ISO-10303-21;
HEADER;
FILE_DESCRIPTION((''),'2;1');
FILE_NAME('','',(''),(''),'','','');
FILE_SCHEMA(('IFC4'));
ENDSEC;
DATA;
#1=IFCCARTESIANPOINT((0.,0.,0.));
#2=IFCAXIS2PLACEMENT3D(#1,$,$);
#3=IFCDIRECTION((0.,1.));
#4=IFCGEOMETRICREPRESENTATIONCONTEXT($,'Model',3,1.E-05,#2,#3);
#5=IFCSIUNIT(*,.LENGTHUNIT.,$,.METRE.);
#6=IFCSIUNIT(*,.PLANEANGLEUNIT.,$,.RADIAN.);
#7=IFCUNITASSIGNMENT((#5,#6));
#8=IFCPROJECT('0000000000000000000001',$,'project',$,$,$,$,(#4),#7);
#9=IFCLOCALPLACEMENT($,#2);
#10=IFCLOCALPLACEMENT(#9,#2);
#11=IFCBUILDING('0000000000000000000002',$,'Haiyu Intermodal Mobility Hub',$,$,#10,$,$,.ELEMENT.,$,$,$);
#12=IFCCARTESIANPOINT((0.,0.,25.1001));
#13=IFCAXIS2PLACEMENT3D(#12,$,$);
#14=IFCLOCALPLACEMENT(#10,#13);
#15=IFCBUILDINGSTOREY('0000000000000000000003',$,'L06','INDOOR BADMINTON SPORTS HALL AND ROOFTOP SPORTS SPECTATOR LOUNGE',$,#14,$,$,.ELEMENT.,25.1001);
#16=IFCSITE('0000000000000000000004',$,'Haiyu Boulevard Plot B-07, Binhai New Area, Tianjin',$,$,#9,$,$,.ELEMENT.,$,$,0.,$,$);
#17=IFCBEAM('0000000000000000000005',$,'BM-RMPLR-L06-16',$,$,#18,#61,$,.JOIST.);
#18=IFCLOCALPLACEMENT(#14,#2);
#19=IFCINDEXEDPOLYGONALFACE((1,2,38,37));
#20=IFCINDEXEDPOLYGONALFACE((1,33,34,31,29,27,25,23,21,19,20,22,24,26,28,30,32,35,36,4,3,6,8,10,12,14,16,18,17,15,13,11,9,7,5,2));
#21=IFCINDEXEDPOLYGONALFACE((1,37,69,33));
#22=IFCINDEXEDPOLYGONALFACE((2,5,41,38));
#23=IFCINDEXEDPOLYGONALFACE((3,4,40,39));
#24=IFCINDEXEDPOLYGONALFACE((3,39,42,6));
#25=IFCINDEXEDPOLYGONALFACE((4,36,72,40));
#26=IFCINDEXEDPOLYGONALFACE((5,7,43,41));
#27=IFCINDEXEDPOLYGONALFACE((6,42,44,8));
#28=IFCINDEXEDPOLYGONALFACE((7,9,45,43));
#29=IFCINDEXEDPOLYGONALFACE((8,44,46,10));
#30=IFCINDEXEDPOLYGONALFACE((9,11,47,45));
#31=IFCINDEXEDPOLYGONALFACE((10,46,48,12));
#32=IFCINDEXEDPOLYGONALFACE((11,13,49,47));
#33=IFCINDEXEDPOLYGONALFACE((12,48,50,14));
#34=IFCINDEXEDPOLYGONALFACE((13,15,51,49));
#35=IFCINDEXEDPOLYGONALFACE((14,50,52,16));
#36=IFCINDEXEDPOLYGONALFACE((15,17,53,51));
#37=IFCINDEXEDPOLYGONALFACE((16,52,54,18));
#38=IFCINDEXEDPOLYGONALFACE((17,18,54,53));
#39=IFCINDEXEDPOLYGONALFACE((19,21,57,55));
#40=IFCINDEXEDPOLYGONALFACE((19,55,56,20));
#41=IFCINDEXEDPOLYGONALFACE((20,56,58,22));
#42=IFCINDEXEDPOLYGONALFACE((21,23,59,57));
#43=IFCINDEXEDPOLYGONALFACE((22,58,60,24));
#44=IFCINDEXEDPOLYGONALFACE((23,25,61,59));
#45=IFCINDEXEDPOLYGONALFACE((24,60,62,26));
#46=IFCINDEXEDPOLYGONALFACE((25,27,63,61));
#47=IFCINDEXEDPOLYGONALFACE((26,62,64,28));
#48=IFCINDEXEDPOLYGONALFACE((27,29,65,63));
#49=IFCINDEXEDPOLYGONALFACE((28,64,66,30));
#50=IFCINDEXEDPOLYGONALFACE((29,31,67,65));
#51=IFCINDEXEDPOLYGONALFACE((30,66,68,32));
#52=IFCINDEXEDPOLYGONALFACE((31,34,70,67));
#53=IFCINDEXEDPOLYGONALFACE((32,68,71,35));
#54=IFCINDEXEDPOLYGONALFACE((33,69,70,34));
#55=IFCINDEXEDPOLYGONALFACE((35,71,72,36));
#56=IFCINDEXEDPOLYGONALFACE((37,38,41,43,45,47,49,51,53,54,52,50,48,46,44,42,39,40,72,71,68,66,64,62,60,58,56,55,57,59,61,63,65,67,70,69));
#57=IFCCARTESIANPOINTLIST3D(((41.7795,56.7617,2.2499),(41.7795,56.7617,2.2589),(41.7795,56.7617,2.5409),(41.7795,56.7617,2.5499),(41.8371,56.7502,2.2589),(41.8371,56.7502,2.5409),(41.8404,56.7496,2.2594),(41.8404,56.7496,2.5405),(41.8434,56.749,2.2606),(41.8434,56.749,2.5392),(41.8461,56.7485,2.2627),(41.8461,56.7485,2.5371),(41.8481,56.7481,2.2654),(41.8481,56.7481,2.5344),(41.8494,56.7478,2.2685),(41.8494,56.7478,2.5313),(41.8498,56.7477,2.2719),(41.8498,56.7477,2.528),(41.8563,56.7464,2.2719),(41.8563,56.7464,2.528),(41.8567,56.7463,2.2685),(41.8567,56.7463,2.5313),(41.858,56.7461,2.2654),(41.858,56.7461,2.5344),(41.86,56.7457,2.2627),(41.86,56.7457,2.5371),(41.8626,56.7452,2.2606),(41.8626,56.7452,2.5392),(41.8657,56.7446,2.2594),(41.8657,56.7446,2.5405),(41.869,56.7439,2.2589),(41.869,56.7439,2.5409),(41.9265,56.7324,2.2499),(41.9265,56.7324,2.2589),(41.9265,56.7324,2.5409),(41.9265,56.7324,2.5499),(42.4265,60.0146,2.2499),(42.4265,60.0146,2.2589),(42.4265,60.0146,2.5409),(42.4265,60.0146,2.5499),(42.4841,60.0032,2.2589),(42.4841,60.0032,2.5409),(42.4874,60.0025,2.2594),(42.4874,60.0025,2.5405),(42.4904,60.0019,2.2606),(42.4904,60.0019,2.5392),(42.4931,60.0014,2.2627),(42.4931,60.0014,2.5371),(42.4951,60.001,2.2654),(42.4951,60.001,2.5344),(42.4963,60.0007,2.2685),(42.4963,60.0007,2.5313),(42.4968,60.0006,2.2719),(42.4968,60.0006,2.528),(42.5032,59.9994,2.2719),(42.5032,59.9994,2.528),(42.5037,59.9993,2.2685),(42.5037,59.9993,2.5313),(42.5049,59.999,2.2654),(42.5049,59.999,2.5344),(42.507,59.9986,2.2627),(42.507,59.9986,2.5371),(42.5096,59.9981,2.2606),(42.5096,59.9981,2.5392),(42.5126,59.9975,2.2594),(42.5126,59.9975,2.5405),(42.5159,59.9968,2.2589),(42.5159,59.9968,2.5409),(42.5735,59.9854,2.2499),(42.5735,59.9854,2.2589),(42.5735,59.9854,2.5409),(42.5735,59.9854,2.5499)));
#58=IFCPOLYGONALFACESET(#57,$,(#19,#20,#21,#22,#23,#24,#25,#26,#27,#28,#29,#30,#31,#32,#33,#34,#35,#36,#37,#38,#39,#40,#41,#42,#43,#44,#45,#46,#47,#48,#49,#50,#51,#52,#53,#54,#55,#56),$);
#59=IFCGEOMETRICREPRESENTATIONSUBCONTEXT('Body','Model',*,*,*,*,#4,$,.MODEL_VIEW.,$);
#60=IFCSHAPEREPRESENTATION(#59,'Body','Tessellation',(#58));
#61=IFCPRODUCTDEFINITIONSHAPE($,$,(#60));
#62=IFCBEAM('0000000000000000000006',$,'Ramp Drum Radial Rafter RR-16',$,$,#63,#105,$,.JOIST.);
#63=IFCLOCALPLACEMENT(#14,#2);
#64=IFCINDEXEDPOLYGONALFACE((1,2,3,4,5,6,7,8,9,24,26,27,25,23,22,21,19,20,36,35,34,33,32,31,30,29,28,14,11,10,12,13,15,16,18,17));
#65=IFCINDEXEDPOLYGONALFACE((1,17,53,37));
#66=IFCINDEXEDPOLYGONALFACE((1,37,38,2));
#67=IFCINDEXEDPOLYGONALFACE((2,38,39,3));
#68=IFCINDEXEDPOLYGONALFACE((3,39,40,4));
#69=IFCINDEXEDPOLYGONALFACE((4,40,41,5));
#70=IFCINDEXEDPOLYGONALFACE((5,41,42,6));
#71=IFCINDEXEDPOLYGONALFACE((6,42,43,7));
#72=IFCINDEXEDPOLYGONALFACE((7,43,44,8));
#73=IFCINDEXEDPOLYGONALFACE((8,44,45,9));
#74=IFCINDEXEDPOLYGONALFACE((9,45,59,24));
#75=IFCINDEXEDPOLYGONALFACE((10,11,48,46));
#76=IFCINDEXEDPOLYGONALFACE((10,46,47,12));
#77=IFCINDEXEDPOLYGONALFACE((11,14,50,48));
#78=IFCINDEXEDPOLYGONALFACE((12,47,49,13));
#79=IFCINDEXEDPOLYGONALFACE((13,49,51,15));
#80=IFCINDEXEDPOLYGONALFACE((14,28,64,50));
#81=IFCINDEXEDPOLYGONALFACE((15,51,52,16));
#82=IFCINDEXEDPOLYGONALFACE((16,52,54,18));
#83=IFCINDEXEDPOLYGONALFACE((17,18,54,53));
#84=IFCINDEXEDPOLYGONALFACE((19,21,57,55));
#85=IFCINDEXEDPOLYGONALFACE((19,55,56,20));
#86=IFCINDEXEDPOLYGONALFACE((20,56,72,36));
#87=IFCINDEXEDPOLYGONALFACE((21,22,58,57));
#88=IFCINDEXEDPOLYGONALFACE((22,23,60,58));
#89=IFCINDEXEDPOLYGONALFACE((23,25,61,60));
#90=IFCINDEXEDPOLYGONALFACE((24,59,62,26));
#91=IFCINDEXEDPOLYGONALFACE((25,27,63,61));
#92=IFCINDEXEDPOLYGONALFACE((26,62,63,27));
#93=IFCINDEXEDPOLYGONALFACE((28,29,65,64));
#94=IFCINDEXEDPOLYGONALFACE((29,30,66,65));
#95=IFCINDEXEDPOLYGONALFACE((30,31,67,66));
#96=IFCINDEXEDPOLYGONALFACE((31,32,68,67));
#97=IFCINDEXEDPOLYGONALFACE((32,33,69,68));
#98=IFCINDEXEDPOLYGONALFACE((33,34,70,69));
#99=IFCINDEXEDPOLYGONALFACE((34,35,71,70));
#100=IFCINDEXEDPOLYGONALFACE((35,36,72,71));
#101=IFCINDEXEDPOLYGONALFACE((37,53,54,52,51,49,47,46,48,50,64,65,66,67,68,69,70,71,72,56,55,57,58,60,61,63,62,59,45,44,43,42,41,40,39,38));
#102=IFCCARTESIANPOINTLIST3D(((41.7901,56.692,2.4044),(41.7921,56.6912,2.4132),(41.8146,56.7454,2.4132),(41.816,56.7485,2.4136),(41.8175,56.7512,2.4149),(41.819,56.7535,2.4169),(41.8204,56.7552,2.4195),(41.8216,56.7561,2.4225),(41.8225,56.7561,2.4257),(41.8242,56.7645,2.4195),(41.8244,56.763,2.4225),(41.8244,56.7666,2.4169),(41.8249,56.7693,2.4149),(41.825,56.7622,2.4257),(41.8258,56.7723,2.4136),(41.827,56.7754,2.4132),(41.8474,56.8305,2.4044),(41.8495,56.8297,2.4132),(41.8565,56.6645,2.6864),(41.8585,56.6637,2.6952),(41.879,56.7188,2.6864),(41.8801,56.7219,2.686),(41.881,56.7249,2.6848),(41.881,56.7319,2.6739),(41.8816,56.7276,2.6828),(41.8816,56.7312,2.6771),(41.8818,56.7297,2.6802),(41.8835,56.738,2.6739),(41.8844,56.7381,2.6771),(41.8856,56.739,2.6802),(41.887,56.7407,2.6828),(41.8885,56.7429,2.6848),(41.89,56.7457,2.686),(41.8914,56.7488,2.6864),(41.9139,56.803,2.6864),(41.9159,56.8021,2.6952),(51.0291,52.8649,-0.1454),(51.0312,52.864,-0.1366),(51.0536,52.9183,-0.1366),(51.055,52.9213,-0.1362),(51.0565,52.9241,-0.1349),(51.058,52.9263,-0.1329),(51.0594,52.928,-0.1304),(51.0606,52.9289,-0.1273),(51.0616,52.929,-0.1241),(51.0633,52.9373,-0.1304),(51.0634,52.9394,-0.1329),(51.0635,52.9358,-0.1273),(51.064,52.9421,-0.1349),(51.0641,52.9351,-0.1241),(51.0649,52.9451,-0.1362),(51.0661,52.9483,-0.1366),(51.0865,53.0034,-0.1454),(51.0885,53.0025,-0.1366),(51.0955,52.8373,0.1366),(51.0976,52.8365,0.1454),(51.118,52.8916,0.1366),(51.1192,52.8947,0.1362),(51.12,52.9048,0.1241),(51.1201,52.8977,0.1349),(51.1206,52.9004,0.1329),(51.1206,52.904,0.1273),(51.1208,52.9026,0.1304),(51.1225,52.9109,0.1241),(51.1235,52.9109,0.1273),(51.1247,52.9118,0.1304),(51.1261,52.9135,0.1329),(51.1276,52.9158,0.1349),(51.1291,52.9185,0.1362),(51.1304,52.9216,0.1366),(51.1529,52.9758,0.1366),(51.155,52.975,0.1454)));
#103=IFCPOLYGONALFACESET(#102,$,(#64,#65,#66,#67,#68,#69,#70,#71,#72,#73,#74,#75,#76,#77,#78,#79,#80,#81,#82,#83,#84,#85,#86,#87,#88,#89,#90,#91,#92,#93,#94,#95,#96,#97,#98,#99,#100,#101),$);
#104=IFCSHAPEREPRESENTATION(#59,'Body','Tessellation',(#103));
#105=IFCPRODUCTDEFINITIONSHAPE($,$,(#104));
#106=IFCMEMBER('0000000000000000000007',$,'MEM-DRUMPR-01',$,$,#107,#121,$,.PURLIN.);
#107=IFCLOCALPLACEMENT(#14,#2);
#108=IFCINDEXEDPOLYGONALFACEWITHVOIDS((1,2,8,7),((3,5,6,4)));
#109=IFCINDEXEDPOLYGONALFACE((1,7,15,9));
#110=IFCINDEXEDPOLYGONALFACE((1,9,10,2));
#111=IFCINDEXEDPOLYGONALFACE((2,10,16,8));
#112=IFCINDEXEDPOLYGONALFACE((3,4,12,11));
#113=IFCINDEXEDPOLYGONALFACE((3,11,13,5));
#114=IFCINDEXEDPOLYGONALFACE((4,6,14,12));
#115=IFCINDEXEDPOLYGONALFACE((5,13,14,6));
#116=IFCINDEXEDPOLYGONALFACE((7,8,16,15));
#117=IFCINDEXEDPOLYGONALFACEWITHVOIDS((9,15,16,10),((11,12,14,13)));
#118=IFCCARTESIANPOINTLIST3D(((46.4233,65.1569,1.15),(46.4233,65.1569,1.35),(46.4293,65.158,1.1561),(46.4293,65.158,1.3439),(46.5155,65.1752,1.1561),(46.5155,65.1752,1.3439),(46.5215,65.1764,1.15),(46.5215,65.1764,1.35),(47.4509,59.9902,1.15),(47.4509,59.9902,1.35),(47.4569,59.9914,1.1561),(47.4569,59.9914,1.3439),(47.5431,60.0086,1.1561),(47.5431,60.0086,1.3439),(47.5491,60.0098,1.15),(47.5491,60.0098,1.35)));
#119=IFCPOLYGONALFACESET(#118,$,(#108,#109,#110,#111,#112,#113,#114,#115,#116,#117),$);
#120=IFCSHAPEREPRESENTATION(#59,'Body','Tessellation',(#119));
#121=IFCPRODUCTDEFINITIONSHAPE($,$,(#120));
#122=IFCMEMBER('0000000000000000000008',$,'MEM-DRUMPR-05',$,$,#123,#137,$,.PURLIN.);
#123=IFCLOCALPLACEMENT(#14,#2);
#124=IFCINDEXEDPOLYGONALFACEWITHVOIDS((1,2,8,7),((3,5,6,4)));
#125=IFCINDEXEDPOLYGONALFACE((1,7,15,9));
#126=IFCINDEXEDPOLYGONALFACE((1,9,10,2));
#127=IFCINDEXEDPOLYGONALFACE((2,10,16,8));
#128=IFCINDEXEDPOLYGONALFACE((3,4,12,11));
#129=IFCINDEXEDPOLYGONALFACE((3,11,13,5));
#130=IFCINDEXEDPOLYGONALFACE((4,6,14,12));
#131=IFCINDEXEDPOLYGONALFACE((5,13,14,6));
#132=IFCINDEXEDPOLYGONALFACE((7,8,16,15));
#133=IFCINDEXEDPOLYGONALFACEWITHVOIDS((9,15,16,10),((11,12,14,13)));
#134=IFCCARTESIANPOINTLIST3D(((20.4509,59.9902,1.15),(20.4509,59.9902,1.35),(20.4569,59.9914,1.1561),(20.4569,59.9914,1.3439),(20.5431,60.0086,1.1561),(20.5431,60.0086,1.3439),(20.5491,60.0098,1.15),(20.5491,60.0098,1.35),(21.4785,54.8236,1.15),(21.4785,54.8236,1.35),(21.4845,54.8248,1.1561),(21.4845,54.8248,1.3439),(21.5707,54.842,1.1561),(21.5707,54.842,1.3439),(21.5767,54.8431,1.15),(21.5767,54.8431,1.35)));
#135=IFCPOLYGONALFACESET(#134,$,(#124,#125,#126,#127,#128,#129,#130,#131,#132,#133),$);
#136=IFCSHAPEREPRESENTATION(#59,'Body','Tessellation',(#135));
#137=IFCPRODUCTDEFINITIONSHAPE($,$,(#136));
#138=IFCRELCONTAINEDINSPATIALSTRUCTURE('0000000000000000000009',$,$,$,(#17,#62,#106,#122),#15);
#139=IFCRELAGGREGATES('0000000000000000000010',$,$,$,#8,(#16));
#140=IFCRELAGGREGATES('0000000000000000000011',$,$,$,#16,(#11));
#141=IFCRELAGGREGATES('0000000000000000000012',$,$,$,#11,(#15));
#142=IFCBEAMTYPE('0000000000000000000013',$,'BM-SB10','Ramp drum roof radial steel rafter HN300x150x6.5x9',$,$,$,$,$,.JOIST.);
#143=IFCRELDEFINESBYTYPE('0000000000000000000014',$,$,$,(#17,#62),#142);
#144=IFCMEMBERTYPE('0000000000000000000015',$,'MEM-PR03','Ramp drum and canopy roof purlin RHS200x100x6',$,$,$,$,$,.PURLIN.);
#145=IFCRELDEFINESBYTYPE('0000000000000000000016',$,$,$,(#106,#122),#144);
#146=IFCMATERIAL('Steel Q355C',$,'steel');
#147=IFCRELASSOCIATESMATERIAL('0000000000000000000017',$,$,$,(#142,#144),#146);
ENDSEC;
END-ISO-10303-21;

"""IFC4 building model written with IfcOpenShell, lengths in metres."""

from ifc_helpers import new_model, si_unit, direction, frame, origin, origin_2d, place, context, subcontext, project, spatial, hollow_rectangle, i_section, extrude, material, material_profile, profile_set, type_object, element, save


model = new_model("IFC4")

# Units and contexts
model_context = context("Model", 3, precision=1e-05, world=origin(), true_north=direction((0.0, 1.0)))
body_context = subcontext(model_context, "Body", "Model", "MODEL_VIEW")
ifc_project = project(units=[si_unit("LENGTHUNIT", "METRE"), si_unit("PLANEANGLEUNIT", "RADIAN")], contexts=[model_context])

# Site, building, storey
site_placement = place(None, origin())
site = spatial("IfcSite", under=ifc_project, at=site_placement, Name="Haiyu Boulevard Plot B-07, Binhai New Area, Tianjin", CompositionType="ELEMENT", RefElevation=0.0)
building_placement = place(site_placement, origin())
building = spatial("IfcBuilding", under=site, at=building_placement, Name="Haiyu Intermodal Mobility Hub", CompositionType="ELEMENT")
storey_placement = place(building_placement, frame((0.0, 0.0, 25.1001)))
storey = spatial("IfcBuildingStorey", under=building, at=storey_placement, Name="L06", Description="INDOOR BADMINTON SPORTS HALL AND ROOFTOP SPORTS SPECTATOR LOUNGE", CompositionType="ELEMENT", Elevation=25.1001)

# Shared definitions
ifc_material_1 = material(Name="Steel Q355C", Category="steel")

# Beams
ifc_material_profile_1 = material_profile(ifc_material_1, i_section(OverallWidth=0.1499, OverallDepth=0.3, WebThickness=0.0066, FlangeThickness=0.009, FilletRadius=0.0129, at=origin_2d()), Name="HN300x150x6.5x9")
ifc_profile_set_1 = profile_set([ifc_material_profile_1], Name="Steel Q355C")
beam_type_1 = type_object("IfcBeamType", Name="BM-SB10", Description="Ramp drum roof radial steel rafter HN300x150x6.5x9", PredefinedType="JOIST", material=ifc_profile_set_1)
beam_1_placement = place(storey_placement, frame((41.853, 56.7471, 2.3999), z_axis=(0.195068, 0.98079, 0.0), x_axis=(-0.98079, 0.195068, 0.0)))
element("IfcBeam", 1, at=beam_1_placement, inside=storey, type_object=beam_type_1, Name="BM-RMPLR-L06-16", PredefinedType="JOIST", context=body_context, shape_type="SweptSolid", body=[
    extrude(i_section(OverallWidth=0.1499, OverallDepth=0.3, WebThickness=0.0066, FlangeThickness=0.009, FilletRadius=0.0129, at=origin_2d()), origin(), (0.0, 0.0, 1.0), 3.3167),
])
beam_2_placement = place(storey_placement, frame((51.092, 52.9199, 0.0), z_axis=(-0.89523, 0.370838, 0.247068), x_axis=(-0.382703, -0.923872, 0.0)))
element("IfcBeam", 2, at=beam_2_placement, inside=storey, type_object=beam_type_1, Name="Ramp Drum Radial Rafter RR-16", PredefinedType="JOIST", context=body_context, shape_type="SweptSolid", body=[
    extrude(i_section(OverallWidth=0.1499, OverallDepth=0.3, WebThickness=0.0066, FlangeThickness=0.009, FilletRadius=0.0129, at=origin_2d()), origin(), (0.0, 0.0, 1.0), 10.3203),
])

# Members
ifc_material_profile_2 = material_profile(ifc_material_1, hollow_rectangle(XDim=0.1001, YDim=0.2, WallThickness=0.0061, at=origin_2d()), Name="RHS200x100x6")
ifc_profile_set_2 = profile_set([ifc_material_profile_2], Name="Steel Q355C")
member_type = type_object("IfcMemberType", Name="MEM-PR03", Description="Ramp drum and canopy roof purlin RHS200x100x6", PredefinedType="PURLIN", material=ifc_profile_set_2)
for number, where, z_axis, x_axis, name in (
    (3, (47.5, 60.0, 1.25), (-0.195073, 0.980789, 0.0), (-0.980789, -0.195073, 0.0), "MEM-DRUMPR-01"),
    (4, (20.5, 60.0, 1.25), (0.195073, -0.980789, 0.0), (0.980789, 0.195073, 0.0), "MEM-DRUMPR-05"),
):
    element("IfcMember", number, at=place(storey_placement, frame(where, z_axis=z_axis, x_axis=x_axis)), inside=storey, type_object=member_type, Name=name, PredefinedType="PURLIN", context=body_context, shape_type="SweptSolid", body=[
        extrude(hollow_rectangle(XDim=0.1001, YDim=0.2, WallThickness=0.0061, at=origin_2d()), origin(), (0.0, 0.0, 1.0), 5.2678),
    ])

save(model, "model.ifc")
